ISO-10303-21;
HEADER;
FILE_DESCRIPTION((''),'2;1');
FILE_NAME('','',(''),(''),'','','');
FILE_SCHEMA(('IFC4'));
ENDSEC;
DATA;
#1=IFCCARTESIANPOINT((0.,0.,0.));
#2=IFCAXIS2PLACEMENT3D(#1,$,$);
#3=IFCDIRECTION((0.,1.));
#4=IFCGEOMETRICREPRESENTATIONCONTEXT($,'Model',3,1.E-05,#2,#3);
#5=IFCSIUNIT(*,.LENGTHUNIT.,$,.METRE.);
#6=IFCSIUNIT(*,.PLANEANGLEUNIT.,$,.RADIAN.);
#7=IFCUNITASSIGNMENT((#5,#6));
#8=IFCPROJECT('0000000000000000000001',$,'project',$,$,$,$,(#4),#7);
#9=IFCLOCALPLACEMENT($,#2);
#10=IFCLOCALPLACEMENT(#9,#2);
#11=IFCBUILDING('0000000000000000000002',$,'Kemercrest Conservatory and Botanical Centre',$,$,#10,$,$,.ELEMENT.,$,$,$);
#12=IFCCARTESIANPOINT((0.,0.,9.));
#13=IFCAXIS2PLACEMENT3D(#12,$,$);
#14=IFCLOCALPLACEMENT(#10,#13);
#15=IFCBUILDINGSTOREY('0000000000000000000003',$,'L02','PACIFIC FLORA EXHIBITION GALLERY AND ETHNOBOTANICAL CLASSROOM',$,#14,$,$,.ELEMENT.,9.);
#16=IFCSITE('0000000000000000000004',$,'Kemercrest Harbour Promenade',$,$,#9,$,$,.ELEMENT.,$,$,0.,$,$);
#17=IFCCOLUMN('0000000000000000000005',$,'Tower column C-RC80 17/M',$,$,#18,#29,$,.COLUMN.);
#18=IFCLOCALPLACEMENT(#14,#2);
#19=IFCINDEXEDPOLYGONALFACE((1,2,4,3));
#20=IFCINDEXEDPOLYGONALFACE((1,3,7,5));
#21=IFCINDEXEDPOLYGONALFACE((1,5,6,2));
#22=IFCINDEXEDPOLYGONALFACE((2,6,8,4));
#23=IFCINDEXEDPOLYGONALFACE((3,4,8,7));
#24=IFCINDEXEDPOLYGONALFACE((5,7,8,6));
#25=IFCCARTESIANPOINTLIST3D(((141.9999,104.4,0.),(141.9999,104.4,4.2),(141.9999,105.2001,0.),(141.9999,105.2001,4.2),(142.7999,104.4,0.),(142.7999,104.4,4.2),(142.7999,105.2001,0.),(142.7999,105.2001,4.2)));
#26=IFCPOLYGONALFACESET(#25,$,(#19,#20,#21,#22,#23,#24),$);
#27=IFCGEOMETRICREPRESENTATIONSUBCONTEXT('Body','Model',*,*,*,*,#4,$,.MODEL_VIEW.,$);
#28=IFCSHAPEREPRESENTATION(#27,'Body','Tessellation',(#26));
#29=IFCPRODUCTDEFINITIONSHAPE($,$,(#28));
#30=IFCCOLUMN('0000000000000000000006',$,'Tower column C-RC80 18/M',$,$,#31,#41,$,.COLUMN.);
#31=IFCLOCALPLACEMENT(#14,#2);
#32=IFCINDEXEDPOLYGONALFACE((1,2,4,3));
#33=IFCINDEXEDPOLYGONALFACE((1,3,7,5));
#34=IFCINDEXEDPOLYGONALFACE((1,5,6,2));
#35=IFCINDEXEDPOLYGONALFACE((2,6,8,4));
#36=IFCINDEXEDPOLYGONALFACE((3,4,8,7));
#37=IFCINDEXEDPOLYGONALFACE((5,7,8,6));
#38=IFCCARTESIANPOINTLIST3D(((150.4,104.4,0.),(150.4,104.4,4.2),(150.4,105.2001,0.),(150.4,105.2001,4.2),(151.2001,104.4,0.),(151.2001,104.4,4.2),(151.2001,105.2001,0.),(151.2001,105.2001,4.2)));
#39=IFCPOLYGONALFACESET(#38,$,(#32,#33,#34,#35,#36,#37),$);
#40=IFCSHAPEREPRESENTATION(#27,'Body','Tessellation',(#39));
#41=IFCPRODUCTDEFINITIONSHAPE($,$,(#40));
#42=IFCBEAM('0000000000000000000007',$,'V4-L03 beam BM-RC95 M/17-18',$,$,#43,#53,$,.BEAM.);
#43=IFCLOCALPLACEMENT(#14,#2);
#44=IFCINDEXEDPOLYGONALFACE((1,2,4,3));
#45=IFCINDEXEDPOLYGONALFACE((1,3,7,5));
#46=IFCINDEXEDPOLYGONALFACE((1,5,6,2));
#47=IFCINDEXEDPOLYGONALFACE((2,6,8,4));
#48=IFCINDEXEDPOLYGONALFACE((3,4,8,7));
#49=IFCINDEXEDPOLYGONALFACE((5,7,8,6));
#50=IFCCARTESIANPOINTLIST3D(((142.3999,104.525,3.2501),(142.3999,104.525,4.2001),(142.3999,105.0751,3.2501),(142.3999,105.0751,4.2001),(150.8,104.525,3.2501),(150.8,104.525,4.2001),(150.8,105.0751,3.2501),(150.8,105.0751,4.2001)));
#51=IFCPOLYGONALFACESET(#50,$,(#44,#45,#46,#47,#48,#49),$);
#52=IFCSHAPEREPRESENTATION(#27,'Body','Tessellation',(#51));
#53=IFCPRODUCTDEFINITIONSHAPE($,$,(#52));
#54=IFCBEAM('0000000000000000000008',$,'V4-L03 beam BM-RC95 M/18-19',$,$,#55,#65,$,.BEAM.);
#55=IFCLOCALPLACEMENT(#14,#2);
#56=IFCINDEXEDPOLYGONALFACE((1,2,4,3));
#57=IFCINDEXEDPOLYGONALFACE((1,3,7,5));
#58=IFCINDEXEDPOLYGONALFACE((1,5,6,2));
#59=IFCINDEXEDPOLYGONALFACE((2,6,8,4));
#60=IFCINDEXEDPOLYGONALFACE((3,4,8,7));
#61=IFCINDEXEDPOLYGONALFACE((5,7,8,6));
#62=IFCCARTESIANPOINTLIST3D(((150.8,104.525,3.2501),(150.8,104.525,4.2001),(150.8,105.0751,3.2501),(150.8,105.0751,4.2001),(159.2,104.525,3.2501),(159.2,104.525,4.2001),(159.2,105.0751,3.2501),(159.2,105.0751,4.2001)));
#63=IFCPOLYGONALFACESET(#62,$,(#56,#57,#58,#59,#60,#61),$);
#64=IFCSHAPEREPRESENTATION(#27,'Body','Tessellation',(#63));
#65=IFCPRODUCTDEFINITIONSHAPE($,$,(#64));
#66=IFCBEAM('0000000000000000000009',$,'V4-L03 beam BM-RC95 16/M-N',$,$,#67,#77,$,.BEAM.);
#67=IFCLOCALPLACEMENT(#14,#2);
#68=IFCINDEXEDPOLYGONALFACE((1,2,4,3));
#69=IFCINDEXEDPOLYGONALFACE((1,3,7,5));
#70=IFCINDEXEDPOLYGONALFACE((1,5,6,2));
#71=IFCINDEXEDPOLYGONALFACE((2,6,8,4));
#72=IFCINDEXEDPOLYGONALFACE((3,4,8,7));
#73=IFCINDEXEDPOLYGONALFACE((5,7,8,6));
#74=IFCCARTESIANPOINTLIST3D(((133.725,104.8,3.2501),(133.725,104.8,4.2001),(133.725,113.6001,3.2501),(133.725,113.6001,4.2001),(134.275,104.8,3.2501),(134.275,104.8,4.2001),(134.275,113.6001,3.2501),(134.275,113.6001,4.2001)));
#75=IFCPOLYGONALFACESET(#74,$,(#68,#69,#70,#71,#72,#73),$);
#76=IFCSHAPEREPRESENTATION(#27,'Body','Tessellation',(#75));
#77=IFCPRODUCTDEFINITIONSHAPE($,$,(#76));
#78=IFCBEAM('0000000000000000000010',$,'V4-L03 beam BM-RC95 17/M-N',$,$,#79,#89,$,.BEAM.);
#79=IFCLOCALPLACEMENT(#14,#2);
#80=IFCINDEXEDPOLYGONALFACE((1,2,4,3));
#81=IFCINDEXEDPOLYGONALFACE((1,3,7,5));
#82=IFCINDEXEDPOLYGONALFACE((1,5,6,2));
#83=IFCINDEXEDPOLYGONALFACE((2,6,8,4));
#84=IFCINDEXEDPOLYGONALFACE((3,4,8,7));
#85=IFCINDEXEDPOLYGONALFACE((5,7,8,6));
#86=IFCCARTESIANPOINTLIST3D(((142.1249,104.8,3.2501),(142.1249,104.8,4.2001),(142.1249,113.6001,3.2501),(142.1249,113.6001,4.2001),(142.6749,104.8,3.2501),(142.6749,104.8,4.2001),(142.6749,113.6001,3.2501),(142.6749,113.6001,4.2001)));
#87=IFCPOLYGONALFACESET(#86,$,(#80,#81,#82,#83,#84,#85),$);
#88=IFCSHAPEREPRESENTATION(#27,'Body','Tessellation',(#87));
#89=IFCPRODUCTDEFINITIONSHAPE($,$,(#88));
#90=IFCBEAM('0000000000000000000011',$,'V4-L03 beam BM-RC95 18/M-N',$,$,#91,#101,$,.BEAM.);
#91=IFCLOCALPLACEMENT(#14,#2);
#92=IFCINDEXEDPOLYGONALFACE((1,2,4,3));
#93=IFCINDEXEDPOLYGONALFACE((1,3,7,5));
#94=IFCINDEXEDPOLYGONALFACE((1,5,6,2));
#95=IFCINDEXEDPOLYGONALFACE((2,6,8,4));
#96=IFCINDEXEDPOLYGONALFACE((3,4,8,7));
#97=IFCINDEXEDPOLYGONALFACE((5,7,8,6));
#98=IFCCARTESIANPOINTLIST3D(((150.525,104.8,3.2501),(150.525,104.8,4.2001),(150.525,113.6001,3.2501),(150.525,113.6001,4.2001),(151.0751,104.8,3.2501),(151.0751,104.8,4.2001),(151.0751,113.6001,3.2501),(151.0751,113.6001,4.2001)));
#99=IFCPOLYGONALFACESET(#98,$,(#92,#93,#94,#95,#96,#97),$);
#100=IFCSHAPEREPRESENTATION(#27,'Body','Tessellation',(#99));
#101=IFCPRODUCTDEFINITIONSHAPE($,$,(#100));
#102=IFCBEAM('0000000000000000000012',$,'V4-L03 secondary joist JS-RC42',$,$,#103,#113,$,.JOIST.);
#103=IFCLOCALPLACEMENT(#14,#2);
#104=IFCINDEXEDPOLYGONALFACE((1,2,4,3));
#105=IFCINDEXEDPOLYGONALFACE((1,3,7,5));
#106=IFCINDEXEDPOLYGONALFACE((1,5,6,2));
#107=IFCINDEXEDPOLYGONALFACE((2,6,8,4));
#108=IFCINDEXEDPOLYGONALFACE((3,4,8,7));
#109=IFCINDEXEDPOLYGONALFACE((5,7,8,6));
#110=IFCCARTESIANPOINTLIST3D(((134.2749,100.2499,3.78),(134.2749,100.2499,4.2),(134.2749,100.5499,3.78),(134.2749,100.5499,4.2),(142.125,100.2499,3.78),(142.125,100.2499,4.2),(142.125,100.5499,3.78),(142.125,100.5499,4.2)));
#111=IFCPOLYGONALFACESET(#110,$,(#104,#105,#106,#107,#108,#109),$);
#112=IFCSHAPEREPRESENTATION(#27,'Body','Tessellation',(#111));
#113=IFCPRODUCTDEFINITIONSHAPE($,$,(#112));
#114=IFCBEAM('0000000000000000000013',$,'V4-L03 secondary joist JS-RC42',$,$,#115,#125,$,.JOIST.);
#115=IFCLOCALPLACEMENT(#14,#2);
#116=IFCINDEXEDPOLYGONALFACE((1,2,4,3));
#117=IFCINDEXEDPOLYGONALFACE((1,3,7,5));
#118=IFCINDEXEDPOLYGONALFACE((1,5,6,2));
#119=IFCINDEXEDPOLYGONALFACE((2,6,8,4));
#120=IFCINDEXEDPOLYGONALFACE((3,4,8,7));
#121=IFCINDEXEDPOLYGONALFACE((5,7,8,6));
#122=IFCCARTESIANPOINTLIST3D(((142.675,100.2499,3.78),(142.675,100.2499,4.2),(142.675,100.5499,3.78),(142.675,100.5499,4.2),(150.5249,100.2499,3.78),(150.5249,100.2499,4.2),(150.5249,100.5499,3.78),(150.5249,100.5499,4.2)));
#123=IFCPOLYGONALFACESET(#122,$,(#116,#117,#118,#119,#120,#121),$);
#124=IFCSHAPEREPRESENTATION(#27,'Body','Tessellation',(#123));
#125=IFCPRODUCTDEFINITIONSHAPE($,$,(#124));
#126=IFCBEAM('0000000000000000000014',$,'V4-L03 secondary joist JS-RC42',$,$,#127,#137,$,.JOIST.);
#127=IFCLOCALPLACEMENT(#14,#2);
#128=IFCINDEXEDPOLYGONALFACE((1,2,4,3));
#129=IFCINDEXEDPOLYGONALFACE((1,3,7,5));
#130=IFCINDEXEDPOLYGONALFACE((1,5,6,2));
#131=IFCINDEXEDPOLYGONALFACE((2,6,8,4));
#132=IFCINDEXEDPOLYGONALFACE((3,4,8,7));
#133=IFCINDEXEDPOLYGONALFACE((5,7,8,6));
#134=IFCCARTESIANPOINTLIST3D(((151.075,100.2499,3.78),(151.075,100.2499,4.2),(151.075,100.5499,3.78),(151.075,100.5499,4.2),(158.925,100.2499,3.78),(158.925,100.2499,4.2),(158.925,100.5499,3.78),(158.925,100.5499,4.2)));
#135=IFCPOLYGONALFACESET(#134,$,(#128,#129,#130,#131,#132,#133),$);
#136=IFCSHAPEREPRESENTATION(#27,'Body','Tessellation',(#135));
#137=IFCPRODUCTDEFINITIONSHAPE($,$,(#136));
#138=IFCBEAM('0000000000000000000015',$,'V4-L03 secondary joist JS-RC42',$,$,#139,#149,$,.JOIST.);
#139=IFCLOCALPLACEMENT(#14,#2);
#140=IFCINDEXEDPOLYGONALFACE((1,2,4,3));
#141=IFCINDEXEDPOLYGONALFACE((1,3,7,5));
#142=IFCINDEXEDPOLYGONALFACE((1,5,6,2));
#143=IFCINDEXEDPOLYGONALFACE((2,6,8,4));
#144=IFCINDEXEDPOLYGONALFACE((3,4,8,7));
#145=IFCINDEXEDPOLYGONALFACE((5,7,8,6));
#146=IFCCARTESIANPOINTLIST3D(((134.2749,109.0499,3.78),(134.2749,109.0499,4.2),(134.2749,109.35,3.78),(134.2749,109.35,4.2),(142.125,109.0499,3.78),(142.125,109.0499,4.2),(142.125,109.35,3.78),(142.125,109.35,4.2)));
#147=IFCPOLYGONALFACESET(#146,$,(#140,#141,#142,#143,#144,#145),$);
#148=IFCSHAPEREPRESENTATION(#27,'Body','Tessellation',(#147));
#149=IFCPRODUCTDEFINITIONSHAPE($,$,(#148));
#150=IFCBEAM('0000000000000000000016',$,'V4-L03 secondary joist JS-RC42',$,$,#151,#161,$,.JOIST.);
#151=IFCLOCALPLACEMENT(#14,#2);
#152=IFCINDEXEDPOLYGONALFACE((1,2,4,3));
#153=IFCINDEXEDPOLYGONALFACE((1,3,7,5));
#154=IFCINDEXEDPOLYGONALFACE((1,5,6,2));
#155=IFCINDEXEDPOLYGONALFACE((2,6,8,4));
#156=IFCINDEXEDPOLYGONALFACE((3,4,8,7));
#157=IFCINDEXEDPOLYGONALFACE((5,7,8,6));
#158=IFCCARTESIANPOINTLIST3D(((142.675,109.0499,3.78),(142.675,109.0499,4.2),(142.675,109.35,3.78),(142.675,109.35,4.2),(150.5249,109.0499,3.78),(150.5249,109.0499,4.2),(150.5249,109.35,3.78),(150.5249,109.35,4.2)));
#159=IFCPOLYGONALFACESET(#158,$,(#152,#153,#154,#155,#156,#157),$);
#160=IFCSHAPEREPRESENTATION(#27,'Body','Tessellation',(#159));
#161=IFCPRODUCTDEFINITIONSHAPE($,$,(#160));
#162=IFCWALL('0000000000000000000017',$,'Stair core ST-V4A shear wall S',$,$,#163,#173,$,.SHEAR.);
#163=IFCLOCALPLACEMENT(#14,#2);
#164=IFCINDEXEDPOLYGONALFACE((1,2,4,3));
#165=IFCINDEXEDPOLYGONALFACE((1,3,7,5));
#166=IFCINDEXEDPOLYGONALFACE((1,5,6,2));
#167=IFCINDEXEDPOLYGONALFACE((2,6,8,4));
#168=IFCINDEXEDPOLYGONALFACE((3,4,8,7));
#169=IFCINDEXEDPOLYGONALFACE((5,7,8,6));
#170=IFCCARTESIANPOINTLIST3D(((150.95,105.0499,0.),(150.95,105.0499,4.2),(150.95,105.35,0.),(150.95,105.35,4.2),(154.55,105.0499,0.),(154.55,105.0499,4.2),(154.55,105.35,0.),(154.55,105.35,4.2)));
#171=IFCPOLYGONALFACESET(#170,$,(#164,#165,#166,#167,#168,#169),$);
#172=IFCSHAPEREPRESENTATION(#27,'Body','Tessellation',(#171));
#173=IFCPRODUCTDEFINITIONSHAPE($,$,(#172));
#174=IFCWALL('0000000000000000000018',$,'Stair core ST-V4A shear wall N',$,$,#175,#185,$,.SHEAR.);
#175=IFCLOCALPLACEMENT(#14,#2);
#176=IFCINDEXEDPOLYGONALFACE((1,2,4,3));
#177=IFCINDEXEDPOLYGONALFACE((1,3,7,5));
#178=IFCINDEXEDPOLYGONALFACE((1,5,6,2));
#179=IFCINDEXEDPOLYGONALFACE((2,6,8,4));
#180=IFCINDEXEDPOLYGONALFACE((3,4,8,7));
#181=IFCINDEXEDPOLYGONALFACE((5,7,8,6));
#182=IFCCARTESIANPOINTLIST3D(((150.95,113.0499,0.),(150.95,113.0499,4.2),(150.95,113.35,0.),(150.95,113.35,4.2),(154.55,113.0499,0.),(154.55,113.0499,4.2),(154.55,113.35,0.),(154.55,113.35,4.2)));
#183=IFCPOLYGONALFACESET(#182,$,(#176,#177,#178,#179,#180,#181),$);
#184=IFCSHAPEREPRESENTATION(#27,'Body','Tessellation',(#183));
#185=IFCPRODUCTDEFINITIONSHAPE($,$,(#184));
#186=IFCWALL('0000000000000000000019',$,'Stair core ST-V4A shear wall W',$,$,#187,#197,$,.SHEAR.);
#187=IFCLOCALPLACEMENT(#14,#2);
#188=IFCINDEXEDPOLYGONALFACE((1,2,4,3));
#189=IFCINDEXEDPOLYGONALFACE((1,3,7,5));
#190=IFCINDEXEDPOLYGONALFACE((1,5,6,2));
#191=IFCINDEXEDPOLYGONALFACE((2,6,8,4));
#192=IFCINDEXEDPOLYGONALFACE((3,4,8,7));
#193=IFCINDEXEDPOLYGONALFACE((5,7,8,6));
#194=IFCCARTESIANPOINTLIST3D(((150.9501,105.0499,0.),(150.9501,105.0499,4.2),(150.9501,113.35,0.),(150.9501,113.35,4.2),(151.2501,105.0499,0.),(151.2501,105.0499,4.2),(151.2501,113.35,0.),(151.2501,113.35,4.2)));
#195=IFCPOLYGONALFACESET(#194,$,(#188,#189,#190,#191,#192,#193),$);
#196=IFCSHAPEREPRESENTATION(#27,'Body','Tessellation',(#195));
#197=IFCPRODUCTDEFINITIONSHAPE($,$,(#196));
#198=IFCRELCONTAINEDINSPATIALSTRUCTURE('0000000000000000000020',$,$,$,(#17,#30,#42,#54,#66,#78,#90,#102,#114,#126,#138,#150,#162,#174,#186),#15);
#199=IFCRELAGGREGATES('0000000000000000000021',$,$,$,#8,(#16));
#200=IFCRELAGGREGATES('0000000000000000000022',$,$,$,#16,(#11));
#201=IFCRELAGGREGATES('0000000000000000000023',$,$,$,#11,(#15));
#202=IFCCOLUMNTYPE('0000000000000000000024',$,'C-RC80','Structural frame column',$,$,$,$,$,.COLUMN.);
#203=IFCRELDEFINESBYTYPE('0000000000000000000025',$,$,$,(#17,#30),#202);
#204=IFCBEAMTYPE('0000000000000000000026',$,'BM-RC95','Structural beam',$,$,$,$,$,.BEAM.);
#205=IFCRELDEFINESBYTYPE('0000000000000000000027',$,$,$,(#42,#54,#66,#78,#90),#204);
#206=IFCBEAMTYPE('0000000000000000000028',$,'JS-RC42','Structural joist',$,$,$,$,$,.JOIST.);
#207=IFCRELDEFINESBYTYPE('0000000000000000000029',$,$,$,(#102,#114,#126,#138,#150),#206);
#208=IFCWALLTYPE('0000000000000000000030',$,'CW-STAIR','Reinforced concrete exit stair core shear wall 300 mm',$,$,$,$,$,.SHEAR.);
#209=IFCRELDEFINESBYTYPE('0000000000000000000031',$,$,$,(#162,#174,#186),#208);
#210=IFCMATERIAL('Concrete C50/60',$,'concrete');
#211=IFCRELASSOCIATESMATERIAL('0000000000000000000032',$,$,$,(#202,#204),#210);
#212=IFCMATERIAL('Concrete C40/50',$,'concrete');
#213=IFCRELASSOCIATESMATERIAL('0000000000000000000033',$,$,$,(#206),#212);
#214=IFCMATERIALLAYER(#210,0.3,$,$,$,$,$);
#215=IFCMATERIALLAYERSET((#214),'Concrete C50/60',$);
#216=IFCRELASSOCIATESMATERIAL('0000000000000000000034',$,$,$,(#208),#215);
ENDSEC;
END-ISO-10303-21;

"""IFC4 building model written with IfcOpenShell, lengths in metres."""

from ifc_helpers import new_model, si_unit, direction, frame, frame_2d, origin, origin_2d, place, context, subcontext, project, spatial, rectangle, extrude, material, layer, layer_set, material_profile, profile_set, type_object, element, save


model = new_model("IFC4")

# Units and contexts
model_context = context("Model", 3, precision=1e-05, world=origin(), true_north=direction((0.0, 1.0)))
body_context = subcontext(model_context, "Body", "Model", "MODEL_VIEW")
ifc_project = project(units=[si_unit("LENGTHUNIT", "METRE"), si_unit("PLANEANGLEUNIT", "RADIAN")], contexts=[model_context])

# Site, building, storey
site_placement = place(None, origin())
site = spatial("IfcSite", under=ifc_project, at=site_placement, Name="Kemercrest Harbour Promenade", CompositionType="ELEMENT", RefElevation=0.0)
building_placement = place(site_placement, origin())
building = spatial("IfcBuilding", under=site, at=building_placement, Name="Kemercrest Conservatory and Botanical Centre", CompositionType="ELEMENT")
storey_placement = place(building_placement, frame((0.0, 0.0, 9.0)))
storey = spatial("IfcBuildingStorey", under=building, at=storey_placement, Name="L02", Description="PACIFIC FLORA EXHIBITION GALLERY AND ETHNOBOTANICAL CLASSROOM", CompositionType="ELEMENT", Elevation=9.0)

# Columns
ifc_material_1 = material(Name="Concrete C50/60", Category="concrete")
ifc_material_profile_1 = material_profile(ifc_material_1, rectangle(XDim=0.8, YDim=0.8, at=origin_2d()), Name="RC 800x800")
ifc_profile_set_1 = profile_set([ifc_material_profile_1], Name="Concrete C50/60")
column_type = type_object("IfcColumnType", Name="C-RC80", Description="Structural frame column", PredefinedType="COLUMN", material=ifc_profile_set_1)
for number, where, z_axis, x_axis, name in (
    (1, (142.3999, 104.8, 0.0), (0.0, 0.0, 1.0), (1.0, 0.0, 0.0), "Tower column C-RC80 17/M"),
    (2, (150.8, 104.8, 0.0), (0.0, 0.0, 1.0), (1.0, 0.0, 0.0), "Tower column C-RC80 18/M"),
):
    element("IfcColumn", number, at=place(storey_placement, frame(where, z_axis=z_axis, x_axis=x_axis)), inside=storey, type_object=column_type, Name=name, PredefinedType="COLUMN", context=body_context, shape_type="SweptSolid", body=[
        extrude(rectangle(XDim=0.8, YDim=0.8, at=origin_2d()), origin(), (0.0, 0.0, 1.0), 4.2),
    ])

# Beams
ifc_material_profile_2 = material_profile(ifc_material_1, rectangle(XDim=0.55, YDim=0.95, at=origin_2d()), Name="RC 550x950")
ifc_profile_set_2 = profile_set([ifc_material_profile_2], Name="Concrete C50/60")
beam_type_1 = type_object("IfcBeamType", Name="BM-RC95", Description="Structural beam", PredefinedType="BEAM", material=ifc_profile_set_2)
beam_1_placement = place(storey_placement, frame((142.3999, 104.8, 3.7251), z_axis=(1.0, 0.0, 0.0), x_axis=(0.0, 1.0, 0.0)))
element("IfcBeam", 3, at=beam_1_placement, inside=storey, type_object=beam_type_1, Name="V4-L03 beam BM-RC95 M/17-18", PredefinedType="BEAM", context=body_context, shape_type="SweptSolid", body=[
    extrude(rectangle(XDim=0.55, YDim=0.95, at=origin_2d()), origin(), (0.0, 0.0, 1.0), 8.4001),
])
beam_2_placement = place(storey_placement, frame((150.8, 104.8, 3.7251), z_axis=(1.0, 0.0, 0.0), x_axis=(0.0, 1.0, 0.0)))
element("IfcBeam", 4, at=beam_2_placement, inside=storey, type_object=beam_type_1, Name="V4-L03 beam BM-RC95 M/18-19", PredefinedType="BEAM", context=body_context, shape_type="SweptSolid", body=[
    extrude(rectangle(XDim=0.55, YDim=0.95, at=origin_2d()), origin(), (0.0, 0.0, 1.0), 8.3999),
])
for number, where, z_axis, x_axis, name in (
    (5, (134.0, 104.8, 3.7251), (0.0, 1.0, 0.0), (-1.0, 0.0, 0.0), "V4-L03 beam BM-RC95 16/M-N"),
    (6, (142.3999, 104.8, 3.7251), (0.0, 1.0, 0.0), (-1.0, 0.0, 0.0), "V4-L03 beam BM-RC95 17/M-N"),
    (7, (150.8, 104.8, 3.7251), (0.0, 1.0, 0.0), (-1.0, 0.0, 0.0), "V4-L03 beam BM-RC95 18/M-N"),
):
    element("IfcBeam", number, at=place(storey_placement, frame(where, z_axis=z_axis, x_axis=x_axis)), inside=storey, type_object=beam_type_1, Name=name, PredefinedType="BEAM", context=body_context, shape_type="SweptSolid", body=[
        extrude(rectangle(XDim=0.55, YDim=0.95, at=origin_2d()), origin(), (0.0, 0.0, 1.0), 8.8),
    ])
ifc_material_2 = material(Name="Concrete C40/50", Category="concrete")
ifc_material_profile_3 = material_profile(ifc_material_2, rectangle(XDim=0.3, YDim=0.4199, at=origin_2d()), Name="RC 300x420")
ifc_profile_set_3 = profile_set([ifc_material_profile_3], Name="Concrete C40/50")
beam_type_2 = type_object("IfcBeamType", Name="JS-RC42", Description="Structural joist", PredefinedType="JOIST", material=ifc_profile_set_3)
beam_3_placement = place(storey_placement, frame((134.2749, 100.3999, 3.99), z_axis=(1.0, 0.0, 0.0), x_axis=(0.0, 1.0, 0.0)))
element("IfcBeam", 8, at=beam_3_placement, inside=storey, type_object=beam_type_2, Name="V4-L03 secondary joist JS-RC42", PredefinedType="JOIST", context=body_context, shape_type="SweptSolid", body=[
    extrude(rectangle(XDim=0.3, YDim=0.4199, at=origin_2d()), origin(), (0.0, 0.0, 1.0), 7.8501),
])
beam_4_placement = place(storey_placement, frame((142.675, 100.3999, 3.99), z_axis=(1.0, 0.0, 0.0), x_axis=(0.0, 1.0, 0.0)))
element("IfcBeam", 9, at=beam_4_placement, inside=storey, type_object=beam_type_2, Name="V4-L03 secondary joist JS-RC42", PredefinedType="JOIST", context=body_context, shape_type="SweptSolid", body=[
    extrude(rectangle(XDim=0.3, YDim=0.4199, at=origin_2d()), origin(), (0.0, 0.0, 1.0), 7.8499),
])
for number, where, z_axis, x_axis, name in (
    (10, (151.075, 100.3999, 3.99), (1.0, 0.0, 0.0), (0.0, 1.0, 0.0), "V4-L03 secondary joist JS-RC42"),
    (11, (134.2749, 109.2, 3.99), (1.0, 0.0, 0.0), (0.0, 1.0, 0.0), "V4-L03 secondary joist JS-RC42"),
):
    element("IfcBeam", number, at=place(storey_placement, frame(where, z_axis=z_axis, x_axis=x_axis)), inside=storey, type_object=beam_type_2, Name=name, PredefinedType="JOIST", context=body_context, shape_type="SweptSolid", body=[
        extrude(rectangle(XDim=0.3, YDim=0.4199, at=origin_2d()), origin(), (0.0, 0.0, 1.0), 7.8501),
    ])
beam_5_placement = place(storey_placement, frame((142.675, 109.2, 3.99), z_axis=(1.0, 0.0, 0.0), x_axis=(0.0, 1.0, 0.0)))
element("IfcBeam", 12, at=beam_5_placement, inside=storey, type_object=beam_type_2, Name="V4-L03 secondary joist JS-RC42", PredefinedType="JOIST", context=body_context, shape_type="SweptSolid", body=[
    extrude(rectangle(XDim=0.3, YDim=0.4199, at=origin_2d()), origin(), (0.0, 0.0, 1.0), 7.8499),
])

# Walls
ifc_layer_1 = layer(ifc_material_1, 0.3)
ifc_layer_set_1 = layer_set([ifc_layer_1], Name="Concrete C50/60")
wall_type_1 = type_object("IfcWallType", Name="CW-STAIR", Description="Reinforced concrete exit stair core shear wall 300 mm", PredefinedType="SHEAR", material=ifc_layer_set_1)
for number, where, z_axis, x_axis, name in (
    (13, (150.95, 105.2, 0.0), (0.0, 0.0, 1.0), (1.0, 0.0, 0.0), "Stair core ST-V4A shear wall S"),
    (14, (150.95, 113.2, 0.0), (0.0, 0.0, 1.0), (1.0, 0.0, 0.0), "Stair core ST-V4A shear wall N"),
):
    element("IfcWall", number, at=place(storey_placement, frame(where, z_axis=z_axis, x_axis=x_axis)), inside=storey, type_object=wall_type_1, Name=name, PredefinedType="SHEAR", context=body_context, shape_type="SweptSolid", body=[
        extrude(rectangle(XDim=3.6001, YDim=0.3, at=frame_2d((1.8, 0.0))), origin(), (0.0, 0.0, 1.0), 4.2),
    ])
wall_1_placement = place(storey_placement, frame((151.1001, 105.05, 0.0), z_axis=(0.0, 0.0, 1.0), x_axis=(0.0, 1.0, 0.0)))
element("IfcWall", 15, at=wall_1_placement, inside=storey, type_object=wall_type_1, Name="Stair core ST-V4A shear wall W", PredefinedType="SHEAR", context=body_context, shape_type="SweptSolid", body=[
    extrude(rectangle(XDim=8.3, YDim=0.3, at=frame_2d((4.1499, 0.0))), origin(), (0.0, 0.0, 1.0), 4.2),
])

save(model, "model.ifc")
